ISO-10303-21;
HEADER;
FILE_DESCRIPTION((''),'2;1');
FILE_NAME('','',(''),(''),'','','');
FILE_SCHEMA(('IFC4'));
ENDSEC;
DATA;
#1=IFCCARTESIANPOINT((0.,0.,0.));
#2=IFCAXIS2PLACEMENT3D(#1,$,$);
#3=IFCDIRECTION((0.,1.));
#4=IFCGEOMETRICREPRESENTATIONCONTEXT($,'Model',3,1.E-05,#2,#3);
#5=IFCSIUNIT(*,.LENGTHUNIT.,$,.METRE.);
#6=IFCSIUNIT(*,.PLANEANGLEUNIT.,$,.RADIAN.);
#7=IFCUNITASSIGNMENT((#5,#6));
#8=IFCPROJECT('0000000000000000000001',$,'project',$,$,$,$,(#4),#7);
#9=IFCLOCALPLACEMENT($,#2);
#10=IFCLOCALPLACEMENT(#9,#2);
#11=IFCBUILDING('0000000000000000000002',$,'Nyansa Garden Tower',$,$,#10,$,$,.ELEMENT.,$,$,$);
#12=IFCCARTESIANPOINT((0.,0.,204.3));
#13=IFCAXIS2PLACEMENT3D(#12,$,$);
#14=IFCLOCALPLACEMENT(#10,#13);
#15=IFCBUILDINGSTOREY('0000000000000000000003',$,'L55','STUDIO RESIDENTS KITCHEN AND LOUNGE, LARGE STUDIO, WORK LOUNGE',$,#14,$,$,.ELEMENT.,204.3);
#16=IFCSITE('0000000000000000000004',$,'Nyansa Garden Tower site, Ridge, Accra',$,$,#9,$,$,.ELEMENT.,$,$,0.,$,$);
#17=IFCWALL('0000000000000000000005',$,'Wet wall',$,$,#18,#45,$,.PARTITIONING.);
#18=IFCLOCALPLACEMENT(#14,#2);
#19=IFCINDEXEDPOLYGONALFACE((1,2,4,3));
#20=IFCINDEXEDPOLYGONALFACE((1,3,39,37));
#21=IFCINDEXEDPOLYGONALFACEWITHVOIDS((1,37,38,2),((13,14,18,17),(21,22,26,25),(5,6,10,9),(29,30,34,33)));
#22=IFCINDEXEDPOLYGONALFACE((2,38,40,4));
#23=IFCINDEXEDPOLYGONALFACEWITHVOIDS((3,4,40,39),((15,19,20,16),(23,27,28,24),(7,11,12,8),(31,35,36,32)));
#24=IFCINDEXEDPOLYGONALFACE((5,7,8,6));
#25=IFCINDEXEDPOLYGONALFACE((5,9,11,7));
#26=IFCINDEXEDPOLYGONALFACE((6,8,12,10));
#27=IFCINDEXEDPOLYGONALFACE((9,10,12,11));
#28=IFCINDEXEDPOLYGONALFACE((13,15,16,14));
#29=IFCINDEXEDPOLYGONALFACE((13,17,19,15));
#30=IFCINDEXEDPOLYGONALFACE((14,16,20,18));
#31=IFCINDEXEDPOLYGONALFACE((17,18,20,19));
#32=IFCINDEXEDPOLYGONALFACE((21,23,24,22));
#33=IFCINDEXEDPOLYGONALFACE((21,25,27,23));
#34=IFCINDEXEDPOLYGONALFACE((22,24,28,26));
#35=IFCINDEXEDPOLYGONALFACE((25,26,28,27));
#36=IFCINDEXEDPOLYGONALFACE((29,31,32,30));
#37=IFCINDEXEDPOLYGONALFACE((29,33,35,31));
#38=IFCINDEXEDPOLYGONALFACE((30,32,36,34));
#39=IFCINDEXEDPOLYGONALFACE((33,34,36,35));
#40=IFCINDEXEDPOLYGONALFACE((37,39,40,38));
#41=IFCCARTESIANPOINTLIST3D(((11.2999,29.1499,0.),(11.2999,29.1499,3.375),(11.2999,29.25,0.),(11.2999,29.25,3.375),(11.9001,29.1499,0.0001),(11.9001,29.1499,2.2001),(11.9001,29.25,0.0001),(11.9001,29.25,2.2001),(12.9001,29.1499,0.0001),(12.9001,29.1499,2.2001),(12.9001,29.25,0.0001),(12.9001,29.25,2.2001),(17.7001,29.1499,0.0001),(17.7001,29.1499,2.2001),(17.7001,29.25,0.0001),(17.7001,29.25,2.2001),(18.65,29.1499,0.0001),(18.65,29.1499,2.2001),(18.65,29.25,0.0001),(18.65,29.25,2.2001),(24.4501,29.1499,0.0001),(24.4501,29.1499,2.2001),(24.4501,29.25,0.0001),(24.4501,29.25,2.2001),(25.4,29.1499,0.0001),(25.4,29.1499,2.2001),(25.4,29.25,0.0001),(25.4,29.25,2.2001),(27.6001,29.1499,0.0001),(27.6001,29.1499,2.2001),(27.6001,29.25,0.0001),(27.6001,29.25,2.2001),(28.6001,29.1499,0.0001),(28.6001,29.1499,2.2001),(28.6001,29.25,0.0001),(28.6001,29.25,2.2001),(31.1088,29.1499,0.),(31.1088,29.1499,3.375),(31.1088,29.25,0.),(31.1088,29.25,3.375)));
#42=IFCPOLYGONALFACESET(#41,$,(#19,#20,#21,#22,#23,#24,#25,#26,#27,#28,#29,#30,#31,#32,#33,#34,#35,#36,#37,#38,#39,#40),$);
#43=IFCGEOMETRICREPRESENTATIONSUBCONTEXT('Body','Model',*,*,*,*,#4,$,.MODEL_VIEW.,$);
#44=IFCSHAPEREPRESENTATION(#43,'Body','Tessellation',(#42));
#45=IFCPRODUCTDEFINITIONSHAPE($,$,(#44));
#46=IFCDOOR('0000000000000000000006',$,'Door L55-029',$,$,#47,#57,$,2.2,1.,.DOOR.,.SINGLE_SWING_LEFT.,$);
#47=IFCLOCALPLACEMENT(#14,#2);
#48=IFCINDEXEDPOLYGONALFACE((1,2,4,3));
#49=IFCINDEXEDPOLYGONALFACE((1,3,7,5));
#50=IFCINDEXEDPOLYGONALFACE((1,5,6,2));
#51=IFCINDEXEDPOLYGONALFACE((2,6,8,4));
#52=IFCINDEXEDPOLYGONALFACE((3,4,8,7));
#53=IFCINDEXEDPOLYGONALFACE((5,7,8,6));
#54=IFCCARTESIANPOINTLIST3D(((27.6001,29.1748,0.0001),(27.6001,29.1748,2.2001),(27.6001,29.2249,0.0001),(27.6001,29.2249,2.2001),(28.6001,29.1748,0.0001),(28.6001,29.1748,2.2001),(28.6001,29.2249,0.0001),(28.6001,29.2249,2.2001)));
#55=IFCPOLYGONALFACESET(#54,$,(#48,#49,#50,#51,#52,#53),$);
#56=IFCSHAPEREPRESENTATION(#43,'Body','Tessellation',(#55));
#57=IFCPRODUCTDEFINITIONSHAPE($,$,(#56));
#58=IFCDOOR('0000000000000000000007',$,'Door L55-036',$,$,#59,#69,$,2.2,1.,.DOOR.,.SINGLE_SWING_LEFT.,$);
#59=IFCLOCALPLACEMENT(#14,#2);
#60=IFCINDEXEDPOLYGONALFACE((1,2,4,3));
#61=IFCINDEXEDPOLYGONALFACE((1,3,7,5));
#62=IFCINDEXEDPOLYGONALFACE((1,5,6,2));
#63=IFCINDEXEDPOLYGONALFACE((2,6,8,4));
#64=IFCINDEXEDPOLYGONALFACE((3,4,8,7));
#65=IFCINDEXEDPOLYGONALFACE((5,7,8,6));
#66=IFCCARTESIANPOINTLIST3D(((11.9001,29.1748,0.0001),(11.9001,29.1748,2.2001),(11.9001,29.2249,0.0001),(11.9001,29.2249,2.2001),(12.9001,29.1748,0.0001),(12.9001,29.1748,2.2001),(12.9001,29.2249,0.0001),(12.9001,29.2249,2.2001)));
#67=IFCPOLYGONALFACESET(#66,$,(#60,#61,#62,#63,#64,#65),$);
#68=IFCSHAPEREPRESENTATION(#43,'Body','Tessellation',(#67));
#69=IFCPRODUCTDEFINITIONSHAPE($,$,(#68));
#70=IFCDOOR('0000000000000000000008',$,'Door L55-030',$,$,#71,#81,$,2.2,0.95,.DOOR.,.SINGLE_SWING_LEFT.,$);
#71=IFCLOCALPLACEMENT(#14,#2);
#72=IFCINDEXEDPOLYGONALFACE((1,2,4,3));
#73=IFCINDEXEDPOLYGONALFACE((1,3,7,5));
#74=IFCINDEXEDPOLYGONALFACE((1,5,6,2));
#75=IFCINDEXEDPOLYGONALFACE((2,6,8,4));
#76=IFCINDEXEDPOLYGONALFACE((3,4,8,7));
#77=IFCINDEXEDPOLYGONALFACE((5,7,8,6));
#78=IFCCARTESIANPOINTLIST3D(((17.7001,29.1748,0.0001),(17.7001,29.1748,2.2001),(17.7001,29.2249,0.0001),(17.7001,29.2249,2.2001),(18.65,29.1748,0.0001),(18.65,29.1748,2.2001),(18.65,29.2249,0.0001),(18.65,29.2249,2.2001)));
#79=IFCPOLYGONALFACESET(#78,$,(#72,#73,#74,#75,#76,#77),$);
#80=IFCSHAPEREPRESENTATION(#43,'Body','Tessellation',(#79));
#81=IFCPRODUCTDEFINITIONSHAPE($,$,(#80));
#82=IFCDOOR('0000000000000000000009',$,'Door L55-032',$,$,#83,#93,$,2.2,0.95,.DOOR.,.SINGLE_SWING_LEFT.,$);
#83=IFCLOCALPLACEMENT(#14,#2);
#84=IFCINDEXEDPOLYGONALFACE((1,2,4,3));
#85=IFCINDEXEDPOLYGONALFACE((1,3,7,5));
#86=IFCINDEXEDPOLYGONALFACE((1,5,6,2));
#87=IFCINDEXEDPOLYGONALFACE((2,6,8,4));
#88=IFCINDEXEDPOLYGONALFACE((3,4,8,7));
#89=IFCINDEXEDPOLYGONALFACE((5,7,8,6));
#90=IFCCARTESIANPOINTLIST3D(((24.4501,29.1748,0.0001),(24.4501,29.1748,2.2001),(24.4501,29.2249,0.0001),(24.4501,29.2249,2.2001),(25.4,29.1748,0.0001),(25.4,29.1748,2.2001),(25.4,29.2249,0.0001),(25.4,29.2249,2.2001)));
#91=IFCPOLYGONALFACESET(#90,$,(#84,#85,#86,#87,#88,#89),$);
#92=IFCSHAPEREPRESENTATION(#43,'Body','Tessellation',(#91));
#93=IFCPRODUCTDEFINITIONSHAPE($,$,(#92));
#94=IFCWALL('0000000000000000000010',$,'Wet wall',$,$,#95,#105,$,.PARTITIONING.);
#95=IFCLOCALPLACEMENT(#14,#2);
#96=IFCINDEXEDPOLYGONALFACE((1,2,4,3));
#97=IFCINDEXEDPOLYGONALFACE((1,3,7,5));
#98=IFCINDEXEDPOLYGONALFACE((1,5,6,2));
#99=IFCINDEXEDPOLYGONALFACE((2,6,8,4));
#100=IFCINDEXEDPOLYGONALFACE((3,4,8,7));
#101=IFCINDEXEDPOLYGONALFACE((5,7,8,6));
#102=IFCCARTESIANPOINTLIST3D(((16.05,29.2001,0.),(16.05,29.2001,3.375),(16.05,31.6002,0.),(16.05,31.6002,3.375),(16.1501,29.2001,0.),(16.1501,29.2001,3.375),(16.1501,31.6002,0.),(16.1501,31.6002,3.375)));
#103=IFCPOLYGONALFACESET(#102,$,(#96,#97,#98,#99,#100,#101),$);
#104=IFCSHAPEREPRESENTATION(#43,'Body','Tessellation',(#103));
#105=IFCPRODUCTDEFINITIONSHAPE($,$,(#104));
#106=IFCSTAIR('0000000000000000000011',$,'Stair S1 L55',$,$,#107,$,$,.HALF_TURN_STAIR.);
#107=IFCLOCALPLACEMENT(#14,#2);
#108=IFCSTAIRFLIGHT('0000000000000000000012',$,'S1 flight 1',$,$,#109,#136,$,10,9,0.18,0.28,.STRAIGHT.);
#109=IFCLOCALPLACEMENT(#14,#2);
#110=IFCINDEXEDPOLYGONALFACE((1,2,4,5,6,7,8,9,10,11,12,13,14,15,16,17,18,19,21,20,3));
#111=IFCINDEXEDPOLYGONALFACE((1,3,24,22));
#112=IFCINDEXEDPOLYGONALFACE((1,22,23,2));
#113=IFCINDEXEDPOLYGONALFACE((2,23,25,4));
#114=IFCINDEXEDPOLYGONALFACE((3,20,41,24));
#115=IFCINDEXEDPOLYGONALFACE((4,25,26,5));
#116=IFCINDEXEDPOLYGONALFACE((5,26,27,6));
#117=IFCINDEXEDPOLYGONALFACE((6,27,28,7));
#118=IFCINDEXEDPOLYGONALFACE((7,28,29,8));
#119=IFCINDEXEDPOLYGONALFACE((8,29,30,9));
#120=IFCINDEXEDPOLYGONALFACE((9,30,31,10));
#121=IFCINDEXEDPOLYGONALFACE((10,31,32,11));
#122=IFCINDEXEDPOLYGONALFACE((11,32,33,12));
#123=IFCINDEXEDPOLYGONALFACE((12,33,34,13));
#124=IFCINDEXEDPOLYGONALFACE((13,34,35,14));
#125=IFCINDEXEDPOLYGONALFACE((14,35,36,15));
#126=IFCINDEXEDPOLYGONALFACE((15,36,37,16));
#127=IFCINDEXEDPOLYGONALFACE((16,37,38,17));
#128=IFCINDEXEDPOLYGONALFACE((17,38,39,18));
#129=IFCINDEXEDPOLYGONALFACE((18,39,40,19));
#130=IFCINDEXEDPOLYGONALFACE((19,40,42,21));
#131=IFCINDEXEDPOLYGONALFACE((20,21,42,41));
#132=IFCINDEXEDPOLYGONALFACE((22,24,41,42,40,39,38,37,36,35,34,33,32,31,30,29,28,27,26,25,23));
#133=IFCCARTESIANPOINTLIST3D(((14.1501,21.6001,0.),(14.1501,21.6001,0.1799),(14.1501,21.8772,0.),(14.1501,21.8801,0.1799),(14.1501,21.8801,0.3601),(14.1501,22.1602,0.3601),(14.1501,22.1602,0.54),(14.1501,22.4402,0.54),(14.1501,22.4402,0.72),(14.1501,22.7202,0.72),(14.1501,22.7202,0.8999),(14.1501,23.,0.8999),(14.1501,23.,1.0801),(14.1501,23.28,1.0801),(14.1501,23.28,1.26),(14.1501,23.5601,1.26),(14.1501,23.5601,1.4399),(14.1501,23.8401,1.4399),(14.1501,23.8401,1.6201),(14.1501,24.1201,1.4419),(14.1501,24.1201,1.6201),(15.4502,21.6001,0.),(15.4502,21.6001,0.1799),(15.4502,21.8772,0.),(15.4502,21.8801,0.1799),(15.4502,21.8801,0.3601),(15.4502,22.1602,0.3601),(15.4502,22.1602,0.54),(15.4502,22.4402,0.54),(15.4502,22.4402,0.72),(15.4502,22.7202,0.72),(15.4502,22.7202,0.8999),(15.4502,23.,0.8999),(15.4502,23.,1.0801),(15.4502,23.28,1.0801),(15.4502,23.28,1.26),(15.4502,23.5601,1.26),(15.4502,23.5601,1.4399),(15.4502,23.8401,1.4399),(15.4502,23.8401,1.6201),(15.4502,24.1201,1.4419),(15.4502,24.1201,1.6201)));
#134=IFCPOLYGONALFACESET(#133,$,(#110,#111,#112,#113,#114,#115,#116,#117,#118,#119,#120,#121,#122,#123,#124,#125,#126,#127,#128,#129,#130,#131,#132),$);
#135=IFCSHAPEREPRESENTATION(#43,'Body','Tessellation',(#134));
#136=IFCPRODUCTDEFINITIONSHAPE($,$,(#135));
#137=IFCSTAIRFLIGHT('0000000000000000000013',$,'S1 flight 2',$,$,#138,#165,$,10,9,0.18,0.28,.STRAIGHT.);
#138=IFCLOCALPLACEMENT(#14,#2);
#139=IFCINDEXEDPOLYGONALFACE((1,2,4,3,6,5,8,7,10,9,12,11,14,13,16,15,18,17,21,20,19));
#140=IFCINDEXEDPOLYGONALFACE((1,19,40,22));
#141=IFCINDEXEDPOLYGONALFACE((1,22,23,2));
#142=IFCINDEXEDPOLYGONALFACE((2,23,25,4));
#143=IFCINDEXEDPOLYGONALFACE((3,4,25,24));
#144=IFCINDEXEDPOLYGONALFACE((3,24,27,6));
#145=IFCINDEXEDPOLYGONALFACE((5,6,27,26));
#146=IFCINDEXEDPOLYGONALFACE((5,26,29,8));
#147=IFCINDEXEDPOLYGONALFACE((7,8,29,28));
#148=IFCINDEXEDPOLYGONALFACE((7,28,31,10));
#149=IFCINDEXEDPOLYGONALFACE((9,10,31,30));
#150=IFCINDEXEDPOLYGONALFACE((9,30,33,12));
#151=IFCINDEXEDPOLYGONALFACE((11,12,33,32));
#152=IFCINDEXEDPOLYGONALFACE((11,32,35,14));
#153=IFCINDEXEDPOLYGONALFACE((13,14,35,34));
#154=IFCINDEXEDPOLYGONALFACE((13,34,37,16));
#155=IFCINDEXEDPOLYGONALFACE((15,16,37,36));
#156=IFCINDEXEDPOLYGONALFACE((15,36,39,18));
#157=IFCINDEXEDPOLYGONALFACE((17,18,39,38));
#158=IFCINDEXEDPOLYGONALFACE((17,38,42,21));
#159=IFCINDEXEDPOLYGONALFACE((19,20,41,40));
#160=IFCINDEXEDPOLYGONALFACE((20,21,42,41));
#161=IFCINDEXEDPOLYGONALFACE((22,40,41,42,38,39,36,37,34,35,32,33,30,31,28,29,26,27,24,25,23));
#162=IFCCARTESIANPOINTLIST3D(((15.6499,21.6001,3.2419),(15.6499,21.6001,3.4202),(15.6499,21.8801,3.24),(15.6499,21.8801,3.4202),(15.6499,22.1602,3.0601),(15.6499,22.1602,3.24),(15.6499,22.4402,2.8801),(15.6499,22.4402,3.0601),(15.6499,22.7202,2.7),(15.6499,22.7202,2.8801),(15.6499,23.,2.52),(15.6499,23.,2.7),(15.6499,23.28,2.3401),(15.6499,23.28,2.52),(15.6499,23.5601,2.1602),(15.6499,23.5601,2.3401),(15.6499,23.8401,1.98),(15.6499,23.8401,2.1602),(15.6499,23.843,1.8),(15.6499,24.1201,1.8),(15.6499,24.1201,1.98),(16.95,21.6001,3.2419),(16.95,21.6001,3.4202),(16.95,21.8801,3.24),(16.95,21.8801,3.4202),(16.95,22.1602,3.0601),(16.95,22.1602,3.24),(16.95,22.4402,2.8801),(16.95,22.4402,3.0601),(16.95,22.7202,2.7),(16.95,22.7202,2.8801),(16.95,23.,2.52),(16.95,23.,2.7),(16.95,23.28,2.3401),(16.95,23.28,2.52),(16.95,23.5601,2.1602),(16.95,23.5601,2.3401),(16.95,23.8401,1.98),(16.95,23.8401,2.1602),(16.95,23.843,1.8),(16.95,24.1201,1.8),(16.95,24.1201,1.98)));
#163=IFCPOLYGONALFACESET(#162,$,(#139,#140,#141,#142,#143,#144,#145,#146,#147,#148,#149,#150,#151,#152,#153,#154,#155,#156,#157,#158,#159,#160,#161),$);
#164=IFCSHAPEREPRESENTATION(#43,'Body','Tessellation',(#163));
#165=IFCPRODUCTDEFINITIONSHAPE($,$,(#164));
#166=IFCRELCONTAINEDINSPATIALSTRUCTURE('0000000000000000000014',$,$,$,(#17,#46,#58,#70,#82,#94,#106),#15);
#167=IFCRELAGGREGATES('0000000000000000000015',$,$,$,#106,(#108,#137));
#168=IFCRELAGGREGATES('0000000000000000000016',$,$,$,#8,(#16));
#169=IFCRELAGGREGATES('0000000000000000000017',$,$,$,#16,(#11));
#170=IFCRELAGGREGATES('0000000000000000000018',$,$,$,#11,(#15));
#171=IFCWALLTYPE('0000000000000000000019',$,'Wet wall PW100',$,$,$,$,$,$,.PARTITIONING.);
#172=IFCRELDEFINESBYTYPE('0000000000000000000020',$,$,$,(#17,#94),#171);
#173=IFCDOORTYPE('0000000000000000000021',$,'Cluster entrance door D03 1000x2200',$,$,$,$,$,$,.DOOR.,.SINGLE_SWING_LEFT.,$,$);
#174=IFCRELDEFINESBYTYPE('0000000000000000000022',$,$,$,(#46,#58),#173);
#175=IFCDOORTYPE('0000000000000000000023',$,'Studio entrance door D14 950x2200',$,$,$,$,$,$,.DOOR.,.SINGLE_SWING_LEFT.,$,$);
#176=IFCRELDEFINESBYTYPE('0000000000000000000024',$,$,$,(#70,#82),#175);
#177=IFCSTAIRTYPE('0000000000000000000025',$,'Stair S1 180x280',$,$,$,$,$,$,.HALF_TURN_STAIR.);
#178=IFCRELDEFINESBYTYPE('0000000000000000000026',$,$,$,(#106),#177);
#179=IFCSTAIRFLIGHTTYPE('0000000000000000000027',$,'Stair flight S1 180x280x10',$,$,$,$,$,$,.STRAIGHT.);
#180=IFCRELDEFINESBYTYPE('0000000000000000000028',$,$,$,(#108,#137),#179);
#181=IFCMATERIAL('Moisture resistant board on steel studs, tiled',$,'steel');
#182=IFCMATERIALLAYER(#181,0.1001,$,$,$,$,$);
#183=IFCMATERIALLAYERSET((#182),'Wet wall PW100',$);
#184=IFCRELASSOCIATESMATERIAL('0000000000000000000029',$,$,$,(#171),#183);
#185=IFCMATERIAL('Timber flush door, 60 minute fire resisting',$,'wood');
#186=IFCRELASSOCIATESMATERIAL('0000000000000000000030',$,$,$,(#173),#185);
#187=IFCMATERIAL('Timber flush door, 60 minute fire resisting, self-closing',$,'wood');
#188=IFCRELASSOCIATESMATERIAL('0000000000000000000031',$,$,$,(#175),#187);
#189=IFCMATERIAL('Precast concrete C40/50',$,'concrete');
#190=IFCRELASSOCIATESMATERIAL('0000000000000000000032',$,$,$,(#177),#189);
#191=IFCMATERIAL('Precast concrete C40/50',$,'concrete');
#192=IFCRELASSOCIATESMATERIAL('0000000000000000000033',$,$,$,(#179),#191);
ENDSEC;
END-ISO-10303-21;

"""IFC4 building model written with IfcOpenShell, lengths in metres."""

from ifc_helpers import new_model, si_unit, direction, frame, frame_2d, origin, place, context, subcontext, project, spatial, polyline, rectangle, outline, extrude, material, layer, layer_set, type_object, element, fill, aggregate, save


model = new_model("IFC4")

# Units and contexts
model_context = context("Model", 3, precision=1e-05, world=origin(), true_north=direction((0.0, 1.0)))
body_context = subcontext(model_context, "Body", "Model", "MODEL_VIEW")
ifc_project = project(units=[si_unit("LENGTHUNIT", "METRE"), si_unit("PLANEANGLEUNIT", "RADIAN")], contexts=[model_context])

# Site, building, storey
site_placement = place(None, origin())
site = spatial("IfcSite", under=ifc_project, at=site_placement, Name="Nyansa Garden Tower site, Ridge, Accra", CompositionType="ELEMENT", RefElevation=0.0)
building_placement = place(site_placement, origin())
building = spatial("IfcBuilding", under=site, at=building_placement, Name="Nyansa Garden Tower", CompositionType="ELEMENT")
storey_placement = place(building_placement, frame((0.0, 0.0, 204.3)))
storey = spatial("IfcBuildingStorey", under=building, at=storey_placement, Name="L55", Description="STUDIO RESIDENTS KITCHEN AND LOUNGE, LARGE STUDIO, WORK LOUNGE", CompositionType="ELEMENT", Elevation=204.3)

# Shared definitions
ifc_material_1 = material(Name="Moisture resistant board on steel studs, tiled", Category="steel")
ifc_layer_1 = layer(ifc_material_1, 0.1001)
ifc_layer_set_1 = layer_set([ifc_layer_1], Name="Wet wall PW100")
wall_type_1 = type_object("IfcWallType", Name="Wet wall PW100", PredefinedType="PARTITIONING", material=ifc_layer_set_1)

# Wall, openings, doors
wall_1_placement = place(storey_placement, frame((11.3, 29.2, 0.0), z_axis=(0.0, 0.0, 1.0), x_axis=(1.0, 0.0, 0.0)))
wall_1 = element("IfcWall", 1, at=wall_1_placement, inside=storey, type_object=wall_type_1, Name="Wet wall", PredefinedType="PARTITIONING", context=body_context, shape_type="SweptSolid", body=[
    extrude(rectangle(XDim=19.8088, YDim=0.1001, at=frame_2d((9.9043, 0.0))), origin(), (0.0, 0.0, 1.0), 3.375),
])
opening_1_placement = place(wall_1_placement, frame((16.3, 0.0, 0.0)))
opening_1 = element("IfcOpeningElement", 2, at=opening_1_placement, cuts=wall_1, PredefinedType="OPENING", context=body_context, shape_type="SweptSolid", body=[
    extrude(rectangle(XDim=1.0, YDim=2.2, at=frame_2d((0.5, 1.1001))), frame((0.0, 0.0601, 0.0), z_axis=(0.0, -1.0, 0.0), x_axis=(1.0, 0.0, 0.0)), (0.0, 0.0, 1.0), 0.1201),
])
opening_2_placement = place(wall_1_placement, frame((6.3999, 0.0, 0.0)))
opening_2 = element("IfcOpeningElement", 3, at=opening_2_placement, cuts=wall_1, PredefinedType="OPENING", context=body_context, shape_type="SweptSolid", body=[
    extrude(rectangle(XDim=0.95, YDim=2.2, at=frame_2d((0.4751, 1.1001))), frame((0.0, 0.0601, 0.0), z_axis=(0.0, -1.0, 0.0), x_axis=(1.0, 0.0, 0.0)), (0.0, 0.0, 1.0), 0.1201),
])
opening_3_placement = place(wall_1_placement, frame((13.1499, 0.0, 0.0)))
opening_3 = element("IfcOpeningElement", 4, at=opening_3_placement, cuts=wall_1, PredefinedType="OPENING", context=body_context, shape_type="SweptSolid", body=[
    extrude(rectangle(XDim=0.95, YDim=2.2, at=frame_2d((0.4751, 1.1001))), frame((0.0, 0.0601, 0.0), z_axis=(0.0, -1.0, 0.0), x_axis=(1.0, 0.0, 0.0)), (0.0, 0.0, 1.0), 0.1201),
])
opening_4_placement = place(wall_1_placement, frame((0.6001, 0.0, 0.0)))
opening_4 = element("IfcOpeningElement", 5, at=opening_4_placement, cuts=wall_1, PredefinedType="OPENING", context=body_context, shape_type="SweptSolid", body=[
    extrude(rectangle(XDim=1.0, YDim=2.2, at=frame_2d((0.5, 1.1001))), frame((0.0, 0.0601, 0.0), z_axis=(0.0, -1.0, 0.0), x_axis=(1.0, 0.0, 0.0)), (0.0, 0.0, 1.0), 0.1201),
])
ifc_material_2 = material(Name="Timber flush door, 60 minute fire resisting", Category="wood")
door_type_1 = type_object("IfcDoorType", Name="Cluster entrance door D03 1000x2200", OperationType="SINGLE_SWING_LEFT", PredefinedType="DOOR", material=ifc_material_2)
door_1_placement = place(opening_1_placement, origin())
door_1 = element("IfcDoor", 6, at=door_1_placement, inside=storey, type_object=door_type_1, Name="Door L55-029", OperationType="SINGLE_SWING_LEFT", OverallHeight=2.2, OverallWidth=1.0, PredefinedType="DOOR", context=body_context, shape_type="SweptSolid", body=[
    extrude(rectangle(XDim=1.0, YDim=2.2, at=frame_2d((0.5, 1.1001))), frame((0.0, 0.0249, 0.0), z_axis=(0.0, -1.0, 0.0), x_axis=(1.0, 0.0, 0.0)), (0.0, 0.0, 1.0), 0.05),
])
fill(opening_1, door_1)
door_2_placement = place(opening_4_placement, origin())
door_2 = element("IfcDoor", 7, at=door_2_placement, inside=storey, type_object=door_type_1, Name="Door L55-036", OperationType="SINGLE_SWING_LEFT", OverallHeight=2.2, OverallWidth=1.0, PredefinedType="DOOR", context=body_context, shape_type="SweptSolid", body=[
    extrude(rectangle(XDim=1.0, YDim=2.2, at=frame_2d((0.5, 1.1001))), frame((0.0, 0.0249, 0.0), z_axis=(0.0, -1.0, 0.0), x_axis=(1.0, 0.0, 0.0)), (0.0, 0.0, 1.0), 0.05),
])
fill(opening_4, door_2)
ifc_material_3 = material(Name="Timber flush door, 60 minute fire resisting, self-closing", Category="wood")
door_type_2 = type_object("IfcDoorType", Name="Studio entrance door D14 950x2200", OperationType="SINGLE_SWING_LEFT", PredefinedType="DOOR", material=ifc_material_3)
door_3_placement = place(opening_2_placement, origin())
door_3 = element("IfcDoor", 8, at=door_3_placement, inside=storey, type_object=door_type_2, Name="Door L55-030", OperationType="SINGLE_SWING_LEFT", OverallHeight=2.2, OverallWidth=0.95, PredefinedType="DOOR", context=body_context, shape_type="SweptSolid", body=[
    extrude(rectangle(XDim=0.95, YDim=2.2, at=frame_2d((0.4751, 1.1001))), frame((0.0, 0.0249, 0.0), z_axis=(0.0, -1.0, 0.0), x_axis=(1.0, 0.0, 0.0)), (0.0, 0.0, 1.0), 0.05),
])
fill(opening_2, door_3)
door_4_placement = place(opening_3_placement, origin())
door_4 = element("IfcDoor", 9, at=door_4_placement, inside=storey, type_object=door_type_2, Name="Door L55-032", OperationType="SINGLE_SWING_LEFT", OverallHeight=2.2, OverallWidth=0.95, PredefinedType="DOOR", context=body_context, shape_type="SweptSolid", body=[
    extrude(rectangle(XDim=0.95, YDim=2.2, at=frame_2d((0.4751, 1.1001))), frame((0.0, 0.0249, 0.0), z_axis=(0.0, -1.0, 0.0), x_axis=(1.0, 0.0, 0.0)), (0.0, 0.0, 1.0), 0.05),
])
fill(opening_3, door_4)

# Wall
wall_2_placement = place(storey_placement, frame((16.1001, 29.2, 0.0), z_axis=(0.0, 0.0, 1.0), x_axis=(0.0, 1.0, 0.0)))
element("IfcWall", 10, at=wall_2_placement, inside=storey, type_object=wall_type_1, Name="Wet wall", PredefinedType="PARTITIONING", context=body_context, shape_type="SweptSolid", body=[
    extrude(rectangle(XDim=2.4001, YDim=0.1001, at=frame_2d((1.2002, 0.0))), origin(), (0.0, 0.0, 1.0), 3.375),
])

# Stair, stair flights
ifc_material_4 = material(Name="Precast concrete C40/50", Category="concrete")
stair_type = type_object("IfcStairType", Name="Stair S1 180x280", PredefinedType="HALF_TURN_STAIR", material=ifc_material_4)
stair_placement = place(storey_placement, origin())
stair = element("IfcStair", 11, at=stair_placement, inside=storey, type_object=stair_type, Name="Stair S1 L55", PredefinedType="HALF_TURN_STAIR")
ifc_material_5 = material(Name="Precast concrete C40/50", Category="concrete")
stair_flight_type = type_object("IfcStairFlightType", Name="Stair flight S1 180x280x10", PredefinedType="STRAIGHT", material=ifc_material_5)
stair_flight_1_placement = place(storey_placement, frame((14.8, 21.6001, 0.0), z_axis=(0.0, 0.0, 1.0), x_axis=(0.0, 1.0, 0.0)))
stair_flight_1 = element("IfcStairFlight", 12, at=stair_flight_1_placement, type_object=stair_flight_type, Name="S1 flight 1", NumberOfRisers=10, NumberOfTreads=9, PredefinedType="STRAIGHT", RiserHeight=0.18, TreadLength=0.28, context=body_context, shape_type="SweptSolid", body=[
    extrude(outline(polyline([(0.0, 0.0), (0.0, 0.1799), (0.28, 0.1799), (0.28, 0.3601), (0.5601, 0.3601), (0.5601, 0.54), (0.8401, 0.54), (0.8401, 0.72), (1.1201, 0.72), (1.1201, 0.8999), (1.3999, 0.8999), (1.3999, 1.0801), (1.6799, 1.0801), (1.6799, 1.26), (1.96, 1.26), (1.96, 1.4399), (2.24, 1.4399), (2.24, 1.6201), (2.52, 1.6201), (2.52, 1.8), (2.52, 1.4419), (0.2771, 0.0), (0.0, 0.0)])), frame((0.0, 0.6499, 0.0), z_axis=(0.0, -1.0, 0.0), x_axis=(1.0, 0.0, 0.0)), (0.0, 0.0, 1.0), 1.3),
])
stair_flight_2_placement = place(storey_placement, frame((16.3, 24.1201, 1.8), z_axis=(0.0, 0.0, 1.0), x_axis=(0.0, -1.0, 0.0)))
stair_flight_2 = element("IfcStairFlight", 13, at=stair_flight_2_placement, type_object=stair_flight_type, Name="S1 flight 2", NumberOfRisers=10, NumberOfTreads=9, PredefinedType="STRAIGHT", RiserHeight=0.18, TreadLength=0.28, context=body_context, shape_type="SweptSolid", body=[
    extrude(outline(polyline([(0.0, 0.0), (0.0, 0.1799), (0.28, 0.1799), (0.28, 0.3601), (0.5601, 0.3601), (0.5601, 0.54), (0.8401, 0.54), (0.8401, 0.72), (1.1201, 0.72), (1.1201, 0.8999), (1.3999, 0.8999), (1.3999, 1.0801), (1.6799, 1.0801), (1.6799, 1.26), (1.96, 1.26), (1.96, 1.4399), (2.24, 1.4399), (2.24, 1.6201), (2.52, 1.6201), (2.52, 1.8), (2.52, 1.4419), (0.2771, 0.0), (0.0, 0.0)])), frame((0.0, 0.6499, 0.0), z_axis=(0.0, -1.0, 0.0), x_axis=(1.0, 0.0, 0.0)), (0.0, 0.0, 1.0), 1.3),
])
aggregate(stair, [stair_flight_1, stair_flight_2])

save(model, "model.ifc")
